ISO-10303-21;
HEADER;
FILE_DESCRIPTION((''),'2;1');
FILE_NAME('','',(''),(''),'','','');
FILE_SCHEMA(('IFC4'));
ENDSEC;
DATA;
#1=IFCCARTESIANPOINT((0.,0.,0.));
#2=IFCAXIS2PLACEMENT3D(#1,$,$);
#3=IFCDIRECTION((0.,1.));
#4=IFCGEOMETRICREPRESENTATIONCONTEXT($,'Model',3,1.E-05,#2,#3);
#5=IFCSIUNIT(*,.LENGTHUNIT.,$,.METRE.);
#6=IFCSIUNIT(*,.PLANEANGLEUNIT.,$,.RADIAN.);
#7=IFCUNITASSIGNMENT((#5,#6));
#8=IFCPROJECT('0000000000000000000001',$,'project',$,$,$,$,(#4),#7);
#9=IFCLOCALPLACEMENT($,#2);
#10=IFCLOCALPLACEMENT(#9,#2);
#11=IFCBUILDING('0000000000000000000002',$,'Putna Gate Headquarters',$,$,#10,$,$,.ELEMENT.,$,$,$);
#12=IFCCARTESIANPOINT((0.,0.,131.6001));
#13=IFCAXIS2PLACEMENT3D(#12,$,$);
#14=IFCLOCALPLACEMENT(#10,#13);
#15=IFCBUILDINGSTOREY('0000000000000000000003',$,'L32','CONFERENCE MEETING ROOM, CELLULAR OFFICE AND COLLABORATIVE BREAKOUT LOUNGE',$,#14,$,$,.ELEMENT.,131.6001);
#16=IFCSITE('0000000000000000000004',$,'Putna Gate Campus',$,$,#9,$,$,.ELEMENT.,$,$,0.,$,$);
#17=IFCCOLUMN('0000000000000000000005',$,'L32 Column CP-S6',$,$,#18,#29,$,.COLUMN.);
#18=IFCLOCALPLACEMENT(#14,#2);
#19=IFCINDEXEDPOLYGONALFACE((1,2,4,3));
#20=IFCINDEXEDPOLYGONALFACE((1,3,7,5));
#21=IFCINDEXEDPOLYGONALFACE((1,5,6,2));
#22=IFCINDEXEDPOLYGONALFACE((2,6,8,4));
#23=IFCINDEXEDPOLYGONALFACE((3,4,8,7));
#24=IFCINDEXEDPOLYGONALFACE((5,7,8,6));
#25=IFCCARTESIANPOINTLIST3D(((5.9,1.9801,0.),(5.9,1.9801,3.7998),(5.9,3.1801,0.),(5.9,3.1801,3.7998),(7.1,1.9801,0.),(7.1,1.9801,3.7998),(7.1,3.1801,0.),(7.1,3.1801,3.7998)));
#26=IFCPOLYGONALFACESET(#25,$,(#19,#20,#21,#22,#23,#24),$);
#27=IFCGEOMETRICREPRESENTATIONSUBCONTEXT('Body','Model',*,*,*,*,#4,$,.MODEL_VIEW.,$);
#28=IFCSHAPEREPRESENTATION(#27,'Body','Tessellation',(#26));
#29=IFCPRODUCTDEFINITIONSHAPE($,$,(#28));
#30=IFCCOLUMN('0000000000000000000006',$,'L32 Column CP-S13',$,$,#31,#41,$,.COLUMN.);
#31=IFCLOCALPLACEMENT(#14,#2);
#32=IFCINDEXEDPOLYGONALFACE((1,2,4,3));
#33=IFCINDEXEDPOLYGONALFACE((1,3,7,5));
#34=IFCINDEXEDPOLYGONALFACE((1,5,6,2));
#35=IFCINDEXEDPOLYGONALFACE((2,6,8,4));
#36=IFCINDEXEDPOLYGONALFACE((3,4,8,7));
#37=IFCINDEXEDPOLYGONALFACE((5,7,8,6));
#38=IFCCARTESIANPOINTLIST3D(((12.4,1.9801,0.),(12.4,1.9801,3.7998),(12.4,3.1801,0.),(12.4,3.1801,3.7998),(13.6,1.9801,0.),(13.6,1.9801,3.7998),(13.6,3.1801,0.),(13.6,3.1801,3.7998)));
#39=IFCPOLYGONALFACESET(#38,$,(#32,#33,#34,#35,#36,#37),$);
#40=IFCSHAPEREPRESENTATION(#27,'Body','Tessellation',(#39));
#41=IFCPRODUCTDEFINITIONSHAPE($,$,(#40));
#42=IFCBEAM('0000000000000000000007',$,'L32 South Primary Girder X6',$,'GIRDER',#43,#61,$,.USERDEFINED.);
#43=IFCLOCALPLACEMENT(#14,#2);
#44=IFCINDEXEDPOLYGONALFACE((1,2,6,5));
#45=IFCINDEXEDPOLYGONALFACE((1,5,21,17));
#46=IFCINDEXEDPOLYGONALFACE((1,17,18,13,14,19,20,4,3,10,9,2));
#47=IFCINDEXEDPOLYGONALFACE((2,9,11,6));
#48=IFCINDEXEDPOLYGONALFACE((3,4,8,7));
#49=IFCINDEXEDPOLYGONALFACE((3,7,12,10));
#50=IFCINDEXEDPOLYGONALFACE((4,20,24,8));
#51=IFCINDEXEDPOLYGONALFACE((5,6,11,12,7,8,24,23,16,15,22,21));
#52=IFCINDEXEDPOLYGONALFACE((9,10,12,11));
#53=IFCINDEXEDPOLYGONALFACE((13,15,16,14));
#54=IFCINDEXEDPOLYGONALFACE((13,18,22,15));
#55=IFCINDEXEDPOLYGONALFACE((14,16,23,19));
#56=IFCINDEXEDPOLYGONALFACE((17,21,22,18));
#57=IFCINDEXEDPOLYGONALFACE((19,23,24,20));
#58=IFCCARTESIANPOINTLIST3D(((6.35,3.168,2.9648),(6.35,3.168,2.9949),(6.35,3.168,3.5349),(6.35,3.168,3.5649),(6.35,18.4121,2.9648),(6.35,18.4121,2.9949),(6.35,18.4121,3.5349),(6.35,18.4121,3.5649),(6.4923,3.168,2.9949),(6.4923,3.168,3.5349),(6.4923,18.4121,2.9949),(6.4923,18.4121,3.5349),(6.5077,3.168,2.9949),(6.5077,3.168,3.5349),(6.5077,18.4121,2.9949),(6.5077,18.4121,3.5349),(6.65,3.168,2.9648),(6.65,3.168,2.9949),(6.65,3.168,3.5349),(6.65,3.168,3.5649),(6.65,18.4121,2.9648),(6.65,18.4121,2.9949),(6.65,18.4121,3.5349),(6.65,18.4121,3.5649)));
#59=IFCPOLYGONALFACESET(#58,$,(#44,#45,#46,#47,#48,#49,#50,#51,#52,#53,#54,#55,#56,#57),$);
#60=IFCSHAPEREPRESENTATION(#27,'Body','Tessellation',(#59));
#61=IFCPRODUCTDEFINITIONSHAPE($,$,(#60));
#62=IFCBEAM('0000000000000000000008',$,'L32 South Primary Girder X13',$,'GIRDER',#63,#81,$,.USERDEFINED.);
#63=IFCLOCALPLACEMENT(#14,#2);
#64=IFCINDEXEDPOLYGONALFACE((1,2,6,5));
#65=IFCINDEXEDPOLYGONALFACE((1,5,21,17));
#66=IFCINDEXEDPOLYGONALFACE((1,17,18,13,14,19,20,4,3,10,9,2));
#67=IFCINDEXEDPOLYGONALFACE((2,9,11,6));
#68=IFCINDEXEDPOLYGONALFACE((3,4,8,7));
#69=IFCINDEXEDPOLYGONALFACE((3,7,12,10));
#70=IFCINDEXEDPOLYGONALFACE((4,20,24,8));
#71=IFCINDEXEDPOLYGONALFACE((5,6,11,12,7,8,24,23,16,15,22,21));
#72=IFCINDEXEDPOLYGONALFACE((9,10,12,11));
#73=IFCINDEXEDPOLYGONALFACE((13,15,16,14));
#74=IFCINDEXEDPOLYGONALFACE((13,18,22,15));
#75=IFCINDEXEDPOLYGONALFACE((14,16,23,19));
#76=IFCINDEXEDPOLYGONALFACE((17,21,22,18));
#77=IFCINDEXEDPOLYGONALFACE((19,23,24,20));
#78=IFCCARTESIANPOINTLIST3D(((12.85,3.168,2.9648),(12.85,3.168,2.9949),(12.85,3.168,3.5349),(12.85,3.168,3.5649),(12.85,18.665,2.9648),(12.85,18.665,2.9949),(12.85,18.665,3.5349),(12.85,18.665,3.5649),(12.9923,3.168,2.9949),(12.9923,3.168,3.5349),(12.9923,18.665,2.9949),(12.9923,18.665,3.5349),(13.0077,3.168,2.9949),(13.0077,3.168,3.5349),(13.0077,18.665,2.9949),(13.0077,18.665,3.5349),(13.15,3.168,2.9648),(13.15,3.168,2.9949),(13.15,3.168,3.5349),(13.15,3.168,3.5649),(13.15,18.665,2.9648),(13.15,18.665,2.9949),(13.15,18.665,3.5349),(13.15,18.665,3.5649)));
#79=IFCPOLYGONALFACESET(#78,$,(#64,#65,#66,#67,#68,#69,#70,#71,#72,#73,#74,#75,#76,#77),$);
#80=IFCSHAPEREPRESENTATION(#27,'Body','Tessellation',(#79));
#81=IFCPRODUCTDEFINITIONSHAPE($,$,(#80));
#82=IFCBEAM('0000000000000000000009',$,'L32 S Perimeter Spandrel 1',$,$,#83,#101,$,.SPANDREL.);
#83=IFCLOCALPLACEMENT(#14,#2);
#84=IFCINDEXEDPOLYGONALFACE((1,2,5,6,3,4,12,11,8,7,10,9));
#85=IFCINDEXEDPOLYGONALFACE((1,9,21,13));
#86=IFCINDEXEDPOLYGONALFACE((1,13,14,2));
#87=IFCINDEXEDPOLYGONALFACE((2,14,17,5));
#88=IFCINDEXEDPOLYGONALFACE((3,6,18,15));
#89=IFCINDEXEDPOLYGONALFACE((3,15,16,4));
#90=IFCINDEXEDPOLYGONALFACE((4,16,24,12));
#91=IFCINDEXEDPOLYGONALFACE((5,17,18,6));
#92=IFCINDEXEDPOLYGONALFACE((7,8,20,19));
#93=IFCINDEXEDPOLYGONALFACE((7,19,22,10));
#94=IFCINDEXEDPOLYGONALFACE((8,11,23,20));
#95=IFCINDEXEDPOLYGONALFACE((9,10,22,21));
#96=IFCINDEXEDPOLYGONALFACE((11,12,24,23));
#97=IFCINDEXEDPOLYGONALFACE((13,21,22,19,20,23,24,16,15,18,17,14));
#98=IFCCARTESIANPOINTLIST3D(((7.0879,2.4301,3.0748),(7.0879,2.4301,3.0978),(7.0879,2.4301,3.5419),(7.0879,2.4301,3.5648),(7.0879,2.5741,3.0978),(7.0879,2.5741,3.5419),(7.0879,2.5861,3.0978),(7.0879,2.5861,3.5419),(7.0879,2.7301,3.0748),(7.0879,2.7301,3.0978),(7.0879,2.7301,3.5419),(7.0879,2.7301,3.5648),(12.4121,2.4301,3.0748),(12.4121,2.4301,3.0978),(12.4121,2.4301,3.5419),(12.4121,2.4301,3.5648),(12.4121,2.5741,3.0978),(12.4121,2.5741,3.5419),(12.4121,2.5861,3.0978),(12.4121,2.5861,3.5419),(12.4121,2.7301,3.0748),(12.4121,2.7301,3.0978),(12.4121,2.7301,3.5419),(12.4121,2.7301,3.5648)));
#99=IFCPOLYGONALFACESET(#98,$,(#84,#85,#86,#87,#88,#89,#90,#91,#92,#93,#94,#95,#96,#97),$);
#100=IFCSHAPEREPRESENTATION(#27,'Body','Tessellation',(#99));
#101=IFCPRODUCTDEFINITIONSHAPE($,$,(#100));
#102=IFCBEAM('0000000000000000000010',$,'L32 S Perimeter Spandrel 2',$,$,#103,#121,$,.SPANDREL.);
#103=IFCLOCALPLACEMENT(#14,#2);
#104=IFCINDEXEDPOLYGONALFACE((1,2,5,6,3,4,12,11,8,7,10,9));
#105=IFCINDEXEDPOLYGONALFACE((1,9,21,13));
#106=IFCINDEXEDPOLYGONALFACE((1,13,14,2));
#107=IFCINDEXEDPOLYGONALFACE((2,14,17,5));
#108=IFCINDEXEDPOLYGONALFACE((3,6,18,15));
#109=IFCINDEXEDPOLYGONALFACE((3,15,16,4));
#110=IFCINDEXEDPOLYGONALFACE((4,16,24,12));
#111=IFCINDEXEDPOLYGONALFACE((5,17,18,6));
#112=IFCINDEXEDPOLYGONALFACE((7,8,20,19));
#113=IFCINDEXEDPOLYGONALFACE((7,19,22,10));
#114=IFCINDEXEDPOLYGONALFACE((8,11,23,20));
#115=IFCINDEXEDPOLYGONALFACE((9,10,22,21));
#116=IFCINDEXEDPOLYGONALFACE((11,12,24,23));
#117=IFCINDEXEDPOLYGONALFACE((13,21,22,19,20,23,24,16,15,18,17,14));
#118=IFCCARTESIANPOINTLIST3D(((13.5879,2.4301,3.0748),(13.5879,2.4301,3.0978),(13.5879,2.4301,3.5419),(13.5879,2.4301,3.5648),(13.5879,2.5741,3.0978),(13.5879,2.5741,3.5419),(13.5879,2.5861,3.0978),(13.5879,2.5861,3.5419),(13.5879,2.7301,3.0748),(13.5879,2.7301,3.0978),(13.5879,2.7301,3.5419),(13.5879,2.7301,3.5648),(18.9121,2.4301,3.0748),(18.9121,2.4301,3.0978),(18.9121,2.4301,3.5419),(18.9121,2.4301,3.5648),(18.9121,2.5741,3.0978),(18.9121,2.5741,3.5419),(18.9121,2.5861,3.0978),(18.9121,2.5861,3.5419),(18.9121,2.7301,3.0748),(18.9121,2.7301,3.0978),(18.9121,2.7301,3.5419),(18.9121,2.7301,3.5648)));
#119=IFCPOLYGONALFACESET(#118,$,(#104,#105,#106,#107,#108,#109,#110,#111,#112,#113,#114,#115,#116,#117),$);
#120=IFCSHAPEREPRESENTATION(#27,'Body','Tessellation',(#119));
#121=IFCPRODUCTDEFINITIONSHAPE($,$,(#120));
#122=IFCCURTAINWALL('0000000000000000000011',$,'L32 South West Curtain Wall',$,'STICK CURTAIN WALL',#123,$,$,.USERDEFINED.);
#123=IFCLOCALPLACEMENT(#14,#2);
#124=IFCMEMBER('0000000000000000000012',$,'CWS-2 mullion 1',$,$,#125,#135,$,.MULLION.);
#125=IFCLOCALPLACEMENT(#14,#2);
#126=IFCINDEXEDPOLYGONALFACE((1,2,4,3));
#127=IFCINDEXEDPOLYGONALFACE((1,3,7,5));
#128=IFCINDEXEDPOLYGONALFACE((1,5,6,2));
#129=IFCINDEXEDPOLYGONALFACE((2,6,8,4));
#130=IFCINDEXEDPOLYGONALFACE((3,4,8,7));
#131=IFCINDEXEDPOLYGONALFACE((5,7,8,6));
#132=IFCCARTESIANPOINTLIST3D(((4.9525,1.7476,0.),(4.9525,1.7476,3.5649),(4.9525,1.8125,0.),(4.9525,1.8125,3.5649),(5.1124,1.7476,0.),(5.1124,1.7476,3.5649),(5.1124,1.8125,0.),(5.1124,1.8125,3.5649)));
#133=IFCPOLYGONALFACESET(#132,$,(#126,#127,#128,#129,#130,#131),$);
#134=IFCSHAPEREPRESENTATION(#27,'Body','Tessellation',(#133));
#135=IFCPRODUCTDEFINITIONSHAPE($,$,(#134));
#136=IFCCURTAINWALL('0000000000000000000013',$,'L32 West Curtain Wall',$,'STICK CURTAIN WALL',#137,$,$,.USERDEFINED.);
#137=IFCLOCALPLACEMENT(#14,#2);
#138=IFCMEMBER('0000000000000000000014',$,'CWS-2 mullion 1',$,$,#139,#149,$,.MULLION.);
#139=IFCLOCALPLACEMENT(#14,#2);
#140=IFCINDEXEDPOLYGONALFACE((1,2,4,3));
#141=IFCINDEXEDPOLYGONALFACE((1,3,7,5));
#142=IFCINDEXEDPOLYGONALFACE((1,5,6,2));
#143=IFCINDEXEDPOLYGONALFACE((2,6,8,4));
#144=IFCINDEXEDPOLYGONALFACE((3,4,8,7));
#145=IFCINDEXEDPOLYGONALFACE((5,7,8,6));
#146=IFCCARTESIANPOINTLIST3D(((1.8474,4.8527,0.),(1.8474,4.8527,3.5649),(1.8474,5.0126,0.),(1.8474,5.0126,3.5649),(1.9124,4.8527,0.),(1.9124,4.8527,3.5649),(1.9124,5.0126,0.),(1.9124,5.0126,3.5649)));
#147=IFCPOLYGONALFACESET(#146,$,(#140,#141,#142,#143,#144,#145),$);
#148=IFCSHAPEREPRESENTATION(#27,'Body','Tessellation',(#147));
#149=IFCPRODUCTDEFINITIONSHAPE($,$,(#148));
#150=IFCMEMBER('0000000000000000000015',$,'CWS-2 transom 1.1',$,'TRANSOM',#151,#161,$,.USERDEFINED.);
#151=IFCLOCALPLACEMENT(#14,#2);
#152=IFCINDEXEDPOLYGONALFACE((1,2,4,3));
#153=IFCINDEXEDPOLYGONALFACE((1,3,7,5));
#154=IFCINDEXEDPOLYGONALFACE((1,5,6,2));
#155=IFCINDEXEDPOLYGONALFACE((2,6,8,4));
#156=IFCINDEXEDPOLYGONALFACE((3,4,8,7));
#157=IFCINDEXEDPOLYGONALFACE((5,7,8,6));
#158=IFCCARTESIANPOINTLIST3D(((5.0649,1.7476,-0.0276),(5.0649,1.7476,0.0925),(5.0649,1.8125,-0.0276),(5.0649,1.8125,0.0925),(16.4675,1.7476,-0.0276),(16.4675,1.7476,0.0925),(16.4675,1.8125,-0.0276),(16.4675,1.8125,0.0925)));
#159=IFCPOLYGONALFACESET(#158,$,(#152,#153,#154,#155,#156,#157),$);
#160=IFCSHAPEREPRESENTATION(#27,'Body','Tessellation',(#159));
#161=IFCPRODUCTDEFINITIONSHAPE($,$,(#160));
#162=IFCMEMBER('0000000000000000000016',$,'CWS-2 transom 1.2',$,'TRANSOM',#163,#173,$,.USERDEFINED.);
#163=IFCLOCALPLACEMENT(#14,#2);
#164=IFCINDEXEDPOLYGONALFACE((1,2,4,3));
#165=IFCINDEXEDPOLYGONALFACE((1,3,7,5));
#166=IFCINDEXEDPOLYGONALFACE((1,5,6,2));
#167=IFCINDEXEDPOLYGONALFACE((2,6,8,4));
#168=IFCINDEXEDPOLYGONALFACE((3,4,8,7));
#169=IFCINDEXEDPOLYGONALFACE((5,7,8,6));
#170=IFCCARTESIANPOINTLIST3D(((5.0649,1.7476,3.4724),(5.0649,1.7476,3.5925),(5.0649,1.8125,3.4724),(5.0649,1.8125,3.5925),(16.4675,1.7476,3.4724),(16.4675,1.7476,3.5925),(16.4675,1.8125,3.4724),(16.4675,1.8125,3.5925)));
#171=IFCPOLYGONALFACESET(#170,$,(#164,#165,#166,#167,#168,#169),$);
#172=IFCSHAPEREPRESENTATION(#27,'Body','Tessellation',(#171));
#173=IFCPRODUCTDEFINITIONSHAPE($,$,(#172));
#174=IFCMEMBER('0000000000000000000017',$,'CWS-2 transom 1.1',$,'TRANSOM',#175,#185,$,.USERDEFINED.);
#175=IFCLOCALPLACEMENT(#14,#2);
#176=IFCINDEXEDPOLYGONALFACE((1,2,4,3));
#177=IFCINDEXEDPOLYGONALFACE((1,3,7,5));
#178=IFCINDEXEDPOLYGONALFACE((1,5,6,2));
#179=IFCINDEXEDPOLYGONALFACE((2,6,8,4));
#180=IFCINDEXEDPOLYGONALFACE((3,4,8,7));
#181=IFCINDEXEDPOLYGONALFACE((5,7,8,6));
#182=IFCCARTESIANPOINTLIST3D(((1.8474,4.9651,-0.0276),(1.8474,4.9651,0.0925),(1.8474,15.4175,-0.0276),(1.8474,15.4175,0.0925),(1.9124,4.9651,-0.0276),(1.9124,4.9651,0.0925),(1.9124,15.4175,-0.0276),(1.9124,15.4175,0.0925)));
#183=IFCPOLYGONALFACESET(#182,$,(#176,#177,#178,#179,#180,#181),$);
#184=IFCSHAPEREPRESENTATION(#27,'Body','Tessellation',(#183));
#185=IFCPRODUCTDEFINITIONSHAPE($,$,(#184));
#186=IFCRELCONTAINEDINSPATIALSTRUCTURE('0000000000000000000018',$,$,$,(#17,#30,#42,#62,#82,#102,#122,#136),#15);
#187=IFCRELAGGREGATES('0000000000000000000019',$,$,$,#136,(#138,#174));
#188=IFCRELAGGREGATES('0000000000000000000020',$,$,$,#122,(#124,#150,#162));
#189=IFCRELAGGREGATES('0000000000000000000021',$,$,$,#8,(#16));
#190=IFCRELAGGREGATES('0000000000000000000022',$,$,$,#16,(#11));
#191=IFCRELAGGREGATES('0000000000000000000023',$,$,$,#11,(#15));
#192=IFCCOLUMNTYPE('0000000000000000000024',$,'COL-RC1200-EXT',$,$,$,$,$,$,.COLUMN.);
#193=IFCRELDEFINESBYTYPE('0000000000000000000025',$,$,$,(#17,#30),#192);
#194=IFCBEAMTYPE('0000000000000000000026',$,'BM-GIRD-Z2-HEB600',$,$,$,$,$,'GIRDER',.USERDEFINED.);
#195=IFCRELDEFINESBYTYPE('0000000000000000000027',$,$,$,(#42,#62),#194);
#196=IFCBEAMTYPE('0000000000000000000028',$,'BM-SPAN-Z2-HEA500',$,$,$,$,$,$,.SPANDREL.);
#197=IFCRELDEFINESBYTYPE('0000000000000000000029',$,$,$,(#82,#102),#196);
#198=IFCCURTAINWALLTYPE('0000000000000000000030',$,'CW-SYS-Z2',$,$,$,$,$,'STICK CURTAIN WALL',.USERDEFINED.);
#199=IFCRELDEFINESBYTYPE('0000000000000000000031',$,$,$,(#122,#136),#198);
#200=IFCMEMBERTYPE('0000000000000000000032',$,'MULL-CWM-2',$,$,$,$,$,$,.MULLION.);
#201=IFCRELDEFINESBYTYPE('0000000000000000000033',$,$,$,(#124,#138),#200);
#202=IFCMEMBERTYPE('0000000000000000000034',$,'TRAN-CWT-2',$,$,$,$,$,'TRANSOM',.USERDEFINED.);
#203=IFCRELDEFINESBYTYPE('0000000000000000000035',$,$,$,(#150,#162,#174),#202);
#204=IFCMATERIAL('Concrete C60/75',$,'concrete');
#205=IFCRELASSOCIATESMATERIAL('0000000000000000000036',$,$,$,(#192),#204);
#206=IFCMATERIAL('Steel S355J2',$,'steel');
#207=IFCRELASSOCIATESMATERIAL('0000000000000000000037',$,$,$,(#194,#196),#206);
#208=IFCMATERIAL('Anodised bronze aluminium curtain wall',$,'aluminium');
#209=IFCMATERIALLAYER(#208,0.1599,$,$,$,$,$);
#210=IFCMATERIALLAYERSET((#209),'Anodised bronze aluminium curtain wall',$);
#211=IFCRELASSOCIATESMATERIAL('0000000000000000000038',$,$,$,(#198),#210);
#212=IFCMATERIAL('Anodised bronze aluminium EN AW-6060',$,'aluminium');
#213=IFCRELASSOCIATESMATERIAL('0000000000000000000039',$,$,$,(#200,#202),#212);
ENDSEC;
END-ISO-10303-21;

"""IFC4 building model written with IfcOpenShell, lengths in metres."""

from ifc_helpers import new_model, si_unit, direction, frame, origin, origin_2d, place, context, subcontext, project, spatial, rectangle, i_section, extrude, material, layer, layer_set, material_profile, profile_set, type_object, element, aggregate, save


model = new_model("IFC4")

# Units and contexts
model_context = context("Model", 3, precision=1e-05, world=origin(), true_north=direction((0.0, 1.0)))
body_context = subcontext(model_context, "Body", "Model", "MODEL_VIEW")
ifc_project = project(units=[si_unit("LENGTHUNIT", "METRE"), si_unit("PLANEANGLEUNIT", "RADIAN")], contexts=[model_context])

# Site, building, storey
site_placement = place(None, origin())
site = spatial("IfcSite", under=ifc_project, at=site_placement, Name="Putna Gate Campus", CompositionType="ELEMENT", RefElevation=0.0)
building_placement = place(site_placement, origin())
building = spatial("IfcBuilding", under=site, at=building_placement, Name="Putna Gate Headquarters", CompositionType="ELEMENT")
storey_placement = place(building_placement, frame((0.0, 0.0, 131.6001)))
storey = spatial("IfcBuildingStorey", under=building, at=storey_placement, Name="L32", Description="CONFERENCE MEETING ROOM, CELLULAR OFFICE AND COLLABORATIVE BREAKOUT LOUNGE", CompositionType="ELEMENT", Elevation=131.6001)

# Columns
ifc_material_1 = material(Name="Concrete C60/75", Category="concrete")
ifc_material_profile_1 = material_profile(ifc_material_1, rectangle(XDim=1.2, YDim=1.2, at=origin_2d()), Name="Concrete C60/75")
ifc_profile_set_1 = profile_set([ifc_material_profile_1], Name="Concrete C60/75")
column_type = type_object("IfcColumnType", Name="COL-RC1200-EXT", PredefinedType="COLUMN", material=ifc_profile_set_1)
for number, where, z_axis, x_axis, name in (
    (1, (6.5, 2.5801, 0.0), (0.0, 0.0, 1.0), (1.0, 0.0, 0.0), "L32 Column CP-S6"),
    (2, (13.0, 2.5801, 0.0), (0.0, 0.0, 1.0), (1.0, 0.0, 0.0), "L32 Column CP-S13"),
):
    element("IfcColumn", number, at=place(storey_placement, frame(where, z_axis=z_axis, x_axis=x_axis)), inside=storey, type_object=column_type, Name=name, PredefinedType="COLUMN", context=body_context, shape_type="SweptSolid", body=[
        extrude(rectangle(XDim=1.2, YDim=1.2, at=origin_2d()), origin(), (0.0, 0.0, 1.0), 3.7998),
    ])

# Beams
ifc_material_2 = material(Name="Steel S355J2", Category="steel")
ifc_material_profile_2 = material_profile(ifc_material_2, i_section(OverallWidth=0.3, OverallDepth=0.6001, WebThickness=0.0154, FlangeThickness=0.03, at=origin_2d()), Name="Steel S355J2")
ifc_profile_set_2 = profile_set([ifc_material_profile_2], Name="Steel S355J2")
beam_type_1 = type_object("IfcBeamType", Name="BM-GIRD-Z2-HEB600", ElementType="GIRDER", PredefinedType="USERDEFINED", material=ifc_profile_set_2)
beam_1_placement = place(storey_placement, frame((6.5, 3.168, 3.2649), z_axis=(0.0, 1.0, 0.0), x_axis=(-1.0, 0.0, 0.0)))
element("IfcBeam", 3, at=beam_1_placement, inside=storey, type_object=beam_type_1, Name="L32 South Primary Girder X6", ObjectType="GIRDER", PredefinedType="USERDEFINED", context=body_context, shape_type="SweptSolid", body=[
    extrude(i_section(OverallWidth=0.3, OverallDepth=0.6001, WebThickness=0.0154, FlangeThickness=0.03, at=origin_2d()), origin(), (0.0, 0.0, 1.0), 15.2441),
])
beam_2_placement = place(storey_placement, frame((13.0, 3.168, 3.2649), z_axis=(0.0, 1.0, 0.0), x_axis=(-1.0, 0.0, 0.0)))
element("IfcBeam", 4, at=beam_2_placement, inside=storey, type_object=beam_type_1, Name="L32 South Primary Girder X13", ObjectType="GIRDER", PredefinedType="USERDEFINED", context=body_context, shape_type="SweptSolid", body=[
    extrude(i_section(OverallWidth=0.3, OverallDepth=0.6001, WebThickness=0.0154, FlangeThickness=0.03, at=origin_2d()), origin(), (0.0, 0.0, 1.0), 15.4971),
])
ifc_material_profile_3 = material_profile(ifc_material_2, i_section(OverallWidth=0.3, OverallDepth=0.49, WebThickness=0.012, FlangeThickness=0.0229, at=origin_2d()), Name="Steel S355J2")
ifc_profile_set_3 = profile_set([ifc_material_profile_3], Name="Steel S355J2")
beam_type_2 = type_object("IfcBeamType", Name="BM-SPAN-Z2-HEA500", PredefinedType="SPANDREL", material=ifc_profile_set_3)
for number, where, z_axis, x_axis, name in (
    (5, (7.0879, 2.5801, 3.3198), (1.0, 0.0, 0.0), (0.0, 1.0, 0.0), "L32 S Perimeter Spandrel 1"),
    (6, (13.5879, 2.5801, 3.3198), (1.0, 0.0, 0.0), (0.0, 1.0, 0.0), "L32 S Perimeter Spandrel 2"),
):
    element("IfcBeam", number, at=place(storey_placement, frame(where, z_axis=z_axis, x_axis=x_axis)), inside=storey, type_object=beam_type_2, Name=name, PredefinedType="SPANDREL", context=body_context, shape_type="SweptSolid", body=[
        extrude(i_section(OverallWidth=0.3, OverallDepth=0.49, WebThickness=0.012, FlangeThickness=0.0229, at=origin_2d()), origin(), (0.0, 0.0, 1.0), 5.3242),
    ])

# Curtain walls, members
ifc_material_3 = material(Name="Anodised bronze aluminium curtain wall", Category="aluminium")
ifc_layer_1 = layer(ifc_material_3, 0.1599)
ifc_layer_set_1 = layer_set([ifc_layer_1], Name="Anodised bronze aluminium curtain wall")
curtain_wall_type = type_object("IfcCurtainWallType", Name="CW-SYS-Z2", ElementType="STICK CURTAIN WALL", PredefinedType="USERDEFINED", material=ifc_layer_set_1)
curtain_wall_1_placement = place(storey_placement, origin())
curtain_wall_1 = element("IfcCurtainWall", 7, at=curtain_wall_1_placement, inside=storey, type_object=curtain_wall_type, Name="L32 South West Curtain Wall", ObjectType="STICK CURTAIN WALL", PredefinedType="USERDEFINED")
ifc_material_4 = material(Name="Anodised bronze aluminium EN AW-6060", Category="aluminium")
ifc_material_profile_4 = material_profile(ifc_material_4, rectangle(XDim=0.0649, YDim=0.1599, at=origin_2d()), Name="Anodised bronze aluminium EN AW-6060")
ifc_profile_set_4 = profile_set([ifc_material_profile_4], Name="Anodised bronze aluminium EN AW-6060")
member_type_1 = type_object("IfcMemberType", Name="MULL-CWM-2", PredefinedType="MULLION", material=ifc_profile_set_4)
member_1_placement = place(storey_placement, frame((5.0325, 1.78, 0.0), z_axis=(0.0, 0.0, 1.0), x_axis=(0.0, 1.0, 0.0)))
member_1 = element("IfcMember", 8, at=member_1_placement, type_object=member_type_1, Name="CWS-2 mullion 1", PredefinedType="MULLION", context=body_context, shape_type="SweptSolid", body=[
    extrude(rectangle(XDim=0.0649, YDim=0.1599, at=origin_2d()), origin(), (0.0, 0.0, 1.0), 3.5649),
])
curtain_wall_2_placement = place(storey_placement, origin())
curtain_wall_2 = element("IfcCurtainWall", 9, at=curtain_wall_2_placement, inside=storey, type_object=curtain_wall_type, Name="L32 West Curtain Wall", ObjectType="STICK CURTAIN WALL", PredefinedType="USERDEFINED")
member_2_placement = place(storey_placement, frame((1.8799, 4.9326, 0.0), z_axis=(0.0, 0.0, 1.0), x_axis=(-1.0, 0.0, 0.0)))
member_2 = element("IfcMember", 10, at=member_2_placement, type_object=member_type_1, Name="CWS-2 mullion 1", PredefinedType="MULLION", context=body_context, shape_type="SweptSolid", body=[
    extrude(rectangle(XDim=0.0649, YDim=0.1599, at=origin_2d()), origin(), (0.0, 0.0, 1.0), 3.5649),
])

# Members
ifc_material_profile_5 = material_profile(ifc_material_4, rectangle(XDim=0.0649, YDim=0.1201, at=origin_2d()), Name="Anodised bronze aluminium EN AW-6060")
ifc_profile_set_5 = profile_set([ifc_material_profile_5], Name="Anodised bronze aluminium EN AW-6060")
member_type_2 = type_object("IfcMemberType", Name="TRAN-CWT-2", ElementType="TRANSOM", PredefinedType="USERDEFINED", material=ifc_profile_set_5)
member_3_placement = place(storey_placement, frame((5.0649, 1.78, 0.0325), z_axis=(1.0, 0.0, 0.0), x_axis=(0.0, 1.0, 0.0)))
member_3 = element("IfcMember", 11, at=member_3_placement, type_object=member_type_2, Name="CWS-2 transom 1.1", ObjectType="TRANSOM", PredefinedType="USERDEFINED", context=body_context, shape_type="SweptSolid", body=[
    extrude(rectangle(XDim=0.0649, YDim=0.1201, at=origin_2d()), origin(), (0.0, 0.0, 1.0), 11.4026),
])
member_4_placement = place(storey_placement, frame((5.0649, 1.78, 3.5325), z_axis=(1.0, 0.0, 0.0), x_axis=(0.0, 1.0, 0.0)))
member_4 = element("IfcMember", 12, at=member_4_placement, type_object=member_type_2, Name="CWS-2 transom 1.2", ObjectType="TRANSOM", PredefinedType="USERDEFINED", context=body_context, shape_type="SweptSolid", body=[
    extrude(rectangle(XDim=0.0649, YDim=0.1201, at=origin_2d()), origin(), (0.0, 0.0, 1.0), 11.4026),
])
member_5_placement = place(storey_placement, frame((1.8799, 4.9651, 0.0325), z_axis=(0.0, 1.0, 0.0), x_axis=(-1.0, 0.0, 0.0)))
member_5 = element("IfcMember", 13, at=member_5_placement, type_object=member_type_2, Name="CWS-2 transom 1.1", ObjectType="TRANSOM", PredefinedType="USERDEFINED", context=body_context, shape_type="SweptSolid", body=[
    extrude(rectangle(XDim=0.0649, YDim=0.1201, at=origin_2d()), origin(), (0.0, 0.0, 1.0), 10.4524),
])
aggregate(curtain_wall_2, [member_2, member_5])

aggregate(curtain_wall_1, [member_1, member_3, member_4])

save(model, "model.ifc")
